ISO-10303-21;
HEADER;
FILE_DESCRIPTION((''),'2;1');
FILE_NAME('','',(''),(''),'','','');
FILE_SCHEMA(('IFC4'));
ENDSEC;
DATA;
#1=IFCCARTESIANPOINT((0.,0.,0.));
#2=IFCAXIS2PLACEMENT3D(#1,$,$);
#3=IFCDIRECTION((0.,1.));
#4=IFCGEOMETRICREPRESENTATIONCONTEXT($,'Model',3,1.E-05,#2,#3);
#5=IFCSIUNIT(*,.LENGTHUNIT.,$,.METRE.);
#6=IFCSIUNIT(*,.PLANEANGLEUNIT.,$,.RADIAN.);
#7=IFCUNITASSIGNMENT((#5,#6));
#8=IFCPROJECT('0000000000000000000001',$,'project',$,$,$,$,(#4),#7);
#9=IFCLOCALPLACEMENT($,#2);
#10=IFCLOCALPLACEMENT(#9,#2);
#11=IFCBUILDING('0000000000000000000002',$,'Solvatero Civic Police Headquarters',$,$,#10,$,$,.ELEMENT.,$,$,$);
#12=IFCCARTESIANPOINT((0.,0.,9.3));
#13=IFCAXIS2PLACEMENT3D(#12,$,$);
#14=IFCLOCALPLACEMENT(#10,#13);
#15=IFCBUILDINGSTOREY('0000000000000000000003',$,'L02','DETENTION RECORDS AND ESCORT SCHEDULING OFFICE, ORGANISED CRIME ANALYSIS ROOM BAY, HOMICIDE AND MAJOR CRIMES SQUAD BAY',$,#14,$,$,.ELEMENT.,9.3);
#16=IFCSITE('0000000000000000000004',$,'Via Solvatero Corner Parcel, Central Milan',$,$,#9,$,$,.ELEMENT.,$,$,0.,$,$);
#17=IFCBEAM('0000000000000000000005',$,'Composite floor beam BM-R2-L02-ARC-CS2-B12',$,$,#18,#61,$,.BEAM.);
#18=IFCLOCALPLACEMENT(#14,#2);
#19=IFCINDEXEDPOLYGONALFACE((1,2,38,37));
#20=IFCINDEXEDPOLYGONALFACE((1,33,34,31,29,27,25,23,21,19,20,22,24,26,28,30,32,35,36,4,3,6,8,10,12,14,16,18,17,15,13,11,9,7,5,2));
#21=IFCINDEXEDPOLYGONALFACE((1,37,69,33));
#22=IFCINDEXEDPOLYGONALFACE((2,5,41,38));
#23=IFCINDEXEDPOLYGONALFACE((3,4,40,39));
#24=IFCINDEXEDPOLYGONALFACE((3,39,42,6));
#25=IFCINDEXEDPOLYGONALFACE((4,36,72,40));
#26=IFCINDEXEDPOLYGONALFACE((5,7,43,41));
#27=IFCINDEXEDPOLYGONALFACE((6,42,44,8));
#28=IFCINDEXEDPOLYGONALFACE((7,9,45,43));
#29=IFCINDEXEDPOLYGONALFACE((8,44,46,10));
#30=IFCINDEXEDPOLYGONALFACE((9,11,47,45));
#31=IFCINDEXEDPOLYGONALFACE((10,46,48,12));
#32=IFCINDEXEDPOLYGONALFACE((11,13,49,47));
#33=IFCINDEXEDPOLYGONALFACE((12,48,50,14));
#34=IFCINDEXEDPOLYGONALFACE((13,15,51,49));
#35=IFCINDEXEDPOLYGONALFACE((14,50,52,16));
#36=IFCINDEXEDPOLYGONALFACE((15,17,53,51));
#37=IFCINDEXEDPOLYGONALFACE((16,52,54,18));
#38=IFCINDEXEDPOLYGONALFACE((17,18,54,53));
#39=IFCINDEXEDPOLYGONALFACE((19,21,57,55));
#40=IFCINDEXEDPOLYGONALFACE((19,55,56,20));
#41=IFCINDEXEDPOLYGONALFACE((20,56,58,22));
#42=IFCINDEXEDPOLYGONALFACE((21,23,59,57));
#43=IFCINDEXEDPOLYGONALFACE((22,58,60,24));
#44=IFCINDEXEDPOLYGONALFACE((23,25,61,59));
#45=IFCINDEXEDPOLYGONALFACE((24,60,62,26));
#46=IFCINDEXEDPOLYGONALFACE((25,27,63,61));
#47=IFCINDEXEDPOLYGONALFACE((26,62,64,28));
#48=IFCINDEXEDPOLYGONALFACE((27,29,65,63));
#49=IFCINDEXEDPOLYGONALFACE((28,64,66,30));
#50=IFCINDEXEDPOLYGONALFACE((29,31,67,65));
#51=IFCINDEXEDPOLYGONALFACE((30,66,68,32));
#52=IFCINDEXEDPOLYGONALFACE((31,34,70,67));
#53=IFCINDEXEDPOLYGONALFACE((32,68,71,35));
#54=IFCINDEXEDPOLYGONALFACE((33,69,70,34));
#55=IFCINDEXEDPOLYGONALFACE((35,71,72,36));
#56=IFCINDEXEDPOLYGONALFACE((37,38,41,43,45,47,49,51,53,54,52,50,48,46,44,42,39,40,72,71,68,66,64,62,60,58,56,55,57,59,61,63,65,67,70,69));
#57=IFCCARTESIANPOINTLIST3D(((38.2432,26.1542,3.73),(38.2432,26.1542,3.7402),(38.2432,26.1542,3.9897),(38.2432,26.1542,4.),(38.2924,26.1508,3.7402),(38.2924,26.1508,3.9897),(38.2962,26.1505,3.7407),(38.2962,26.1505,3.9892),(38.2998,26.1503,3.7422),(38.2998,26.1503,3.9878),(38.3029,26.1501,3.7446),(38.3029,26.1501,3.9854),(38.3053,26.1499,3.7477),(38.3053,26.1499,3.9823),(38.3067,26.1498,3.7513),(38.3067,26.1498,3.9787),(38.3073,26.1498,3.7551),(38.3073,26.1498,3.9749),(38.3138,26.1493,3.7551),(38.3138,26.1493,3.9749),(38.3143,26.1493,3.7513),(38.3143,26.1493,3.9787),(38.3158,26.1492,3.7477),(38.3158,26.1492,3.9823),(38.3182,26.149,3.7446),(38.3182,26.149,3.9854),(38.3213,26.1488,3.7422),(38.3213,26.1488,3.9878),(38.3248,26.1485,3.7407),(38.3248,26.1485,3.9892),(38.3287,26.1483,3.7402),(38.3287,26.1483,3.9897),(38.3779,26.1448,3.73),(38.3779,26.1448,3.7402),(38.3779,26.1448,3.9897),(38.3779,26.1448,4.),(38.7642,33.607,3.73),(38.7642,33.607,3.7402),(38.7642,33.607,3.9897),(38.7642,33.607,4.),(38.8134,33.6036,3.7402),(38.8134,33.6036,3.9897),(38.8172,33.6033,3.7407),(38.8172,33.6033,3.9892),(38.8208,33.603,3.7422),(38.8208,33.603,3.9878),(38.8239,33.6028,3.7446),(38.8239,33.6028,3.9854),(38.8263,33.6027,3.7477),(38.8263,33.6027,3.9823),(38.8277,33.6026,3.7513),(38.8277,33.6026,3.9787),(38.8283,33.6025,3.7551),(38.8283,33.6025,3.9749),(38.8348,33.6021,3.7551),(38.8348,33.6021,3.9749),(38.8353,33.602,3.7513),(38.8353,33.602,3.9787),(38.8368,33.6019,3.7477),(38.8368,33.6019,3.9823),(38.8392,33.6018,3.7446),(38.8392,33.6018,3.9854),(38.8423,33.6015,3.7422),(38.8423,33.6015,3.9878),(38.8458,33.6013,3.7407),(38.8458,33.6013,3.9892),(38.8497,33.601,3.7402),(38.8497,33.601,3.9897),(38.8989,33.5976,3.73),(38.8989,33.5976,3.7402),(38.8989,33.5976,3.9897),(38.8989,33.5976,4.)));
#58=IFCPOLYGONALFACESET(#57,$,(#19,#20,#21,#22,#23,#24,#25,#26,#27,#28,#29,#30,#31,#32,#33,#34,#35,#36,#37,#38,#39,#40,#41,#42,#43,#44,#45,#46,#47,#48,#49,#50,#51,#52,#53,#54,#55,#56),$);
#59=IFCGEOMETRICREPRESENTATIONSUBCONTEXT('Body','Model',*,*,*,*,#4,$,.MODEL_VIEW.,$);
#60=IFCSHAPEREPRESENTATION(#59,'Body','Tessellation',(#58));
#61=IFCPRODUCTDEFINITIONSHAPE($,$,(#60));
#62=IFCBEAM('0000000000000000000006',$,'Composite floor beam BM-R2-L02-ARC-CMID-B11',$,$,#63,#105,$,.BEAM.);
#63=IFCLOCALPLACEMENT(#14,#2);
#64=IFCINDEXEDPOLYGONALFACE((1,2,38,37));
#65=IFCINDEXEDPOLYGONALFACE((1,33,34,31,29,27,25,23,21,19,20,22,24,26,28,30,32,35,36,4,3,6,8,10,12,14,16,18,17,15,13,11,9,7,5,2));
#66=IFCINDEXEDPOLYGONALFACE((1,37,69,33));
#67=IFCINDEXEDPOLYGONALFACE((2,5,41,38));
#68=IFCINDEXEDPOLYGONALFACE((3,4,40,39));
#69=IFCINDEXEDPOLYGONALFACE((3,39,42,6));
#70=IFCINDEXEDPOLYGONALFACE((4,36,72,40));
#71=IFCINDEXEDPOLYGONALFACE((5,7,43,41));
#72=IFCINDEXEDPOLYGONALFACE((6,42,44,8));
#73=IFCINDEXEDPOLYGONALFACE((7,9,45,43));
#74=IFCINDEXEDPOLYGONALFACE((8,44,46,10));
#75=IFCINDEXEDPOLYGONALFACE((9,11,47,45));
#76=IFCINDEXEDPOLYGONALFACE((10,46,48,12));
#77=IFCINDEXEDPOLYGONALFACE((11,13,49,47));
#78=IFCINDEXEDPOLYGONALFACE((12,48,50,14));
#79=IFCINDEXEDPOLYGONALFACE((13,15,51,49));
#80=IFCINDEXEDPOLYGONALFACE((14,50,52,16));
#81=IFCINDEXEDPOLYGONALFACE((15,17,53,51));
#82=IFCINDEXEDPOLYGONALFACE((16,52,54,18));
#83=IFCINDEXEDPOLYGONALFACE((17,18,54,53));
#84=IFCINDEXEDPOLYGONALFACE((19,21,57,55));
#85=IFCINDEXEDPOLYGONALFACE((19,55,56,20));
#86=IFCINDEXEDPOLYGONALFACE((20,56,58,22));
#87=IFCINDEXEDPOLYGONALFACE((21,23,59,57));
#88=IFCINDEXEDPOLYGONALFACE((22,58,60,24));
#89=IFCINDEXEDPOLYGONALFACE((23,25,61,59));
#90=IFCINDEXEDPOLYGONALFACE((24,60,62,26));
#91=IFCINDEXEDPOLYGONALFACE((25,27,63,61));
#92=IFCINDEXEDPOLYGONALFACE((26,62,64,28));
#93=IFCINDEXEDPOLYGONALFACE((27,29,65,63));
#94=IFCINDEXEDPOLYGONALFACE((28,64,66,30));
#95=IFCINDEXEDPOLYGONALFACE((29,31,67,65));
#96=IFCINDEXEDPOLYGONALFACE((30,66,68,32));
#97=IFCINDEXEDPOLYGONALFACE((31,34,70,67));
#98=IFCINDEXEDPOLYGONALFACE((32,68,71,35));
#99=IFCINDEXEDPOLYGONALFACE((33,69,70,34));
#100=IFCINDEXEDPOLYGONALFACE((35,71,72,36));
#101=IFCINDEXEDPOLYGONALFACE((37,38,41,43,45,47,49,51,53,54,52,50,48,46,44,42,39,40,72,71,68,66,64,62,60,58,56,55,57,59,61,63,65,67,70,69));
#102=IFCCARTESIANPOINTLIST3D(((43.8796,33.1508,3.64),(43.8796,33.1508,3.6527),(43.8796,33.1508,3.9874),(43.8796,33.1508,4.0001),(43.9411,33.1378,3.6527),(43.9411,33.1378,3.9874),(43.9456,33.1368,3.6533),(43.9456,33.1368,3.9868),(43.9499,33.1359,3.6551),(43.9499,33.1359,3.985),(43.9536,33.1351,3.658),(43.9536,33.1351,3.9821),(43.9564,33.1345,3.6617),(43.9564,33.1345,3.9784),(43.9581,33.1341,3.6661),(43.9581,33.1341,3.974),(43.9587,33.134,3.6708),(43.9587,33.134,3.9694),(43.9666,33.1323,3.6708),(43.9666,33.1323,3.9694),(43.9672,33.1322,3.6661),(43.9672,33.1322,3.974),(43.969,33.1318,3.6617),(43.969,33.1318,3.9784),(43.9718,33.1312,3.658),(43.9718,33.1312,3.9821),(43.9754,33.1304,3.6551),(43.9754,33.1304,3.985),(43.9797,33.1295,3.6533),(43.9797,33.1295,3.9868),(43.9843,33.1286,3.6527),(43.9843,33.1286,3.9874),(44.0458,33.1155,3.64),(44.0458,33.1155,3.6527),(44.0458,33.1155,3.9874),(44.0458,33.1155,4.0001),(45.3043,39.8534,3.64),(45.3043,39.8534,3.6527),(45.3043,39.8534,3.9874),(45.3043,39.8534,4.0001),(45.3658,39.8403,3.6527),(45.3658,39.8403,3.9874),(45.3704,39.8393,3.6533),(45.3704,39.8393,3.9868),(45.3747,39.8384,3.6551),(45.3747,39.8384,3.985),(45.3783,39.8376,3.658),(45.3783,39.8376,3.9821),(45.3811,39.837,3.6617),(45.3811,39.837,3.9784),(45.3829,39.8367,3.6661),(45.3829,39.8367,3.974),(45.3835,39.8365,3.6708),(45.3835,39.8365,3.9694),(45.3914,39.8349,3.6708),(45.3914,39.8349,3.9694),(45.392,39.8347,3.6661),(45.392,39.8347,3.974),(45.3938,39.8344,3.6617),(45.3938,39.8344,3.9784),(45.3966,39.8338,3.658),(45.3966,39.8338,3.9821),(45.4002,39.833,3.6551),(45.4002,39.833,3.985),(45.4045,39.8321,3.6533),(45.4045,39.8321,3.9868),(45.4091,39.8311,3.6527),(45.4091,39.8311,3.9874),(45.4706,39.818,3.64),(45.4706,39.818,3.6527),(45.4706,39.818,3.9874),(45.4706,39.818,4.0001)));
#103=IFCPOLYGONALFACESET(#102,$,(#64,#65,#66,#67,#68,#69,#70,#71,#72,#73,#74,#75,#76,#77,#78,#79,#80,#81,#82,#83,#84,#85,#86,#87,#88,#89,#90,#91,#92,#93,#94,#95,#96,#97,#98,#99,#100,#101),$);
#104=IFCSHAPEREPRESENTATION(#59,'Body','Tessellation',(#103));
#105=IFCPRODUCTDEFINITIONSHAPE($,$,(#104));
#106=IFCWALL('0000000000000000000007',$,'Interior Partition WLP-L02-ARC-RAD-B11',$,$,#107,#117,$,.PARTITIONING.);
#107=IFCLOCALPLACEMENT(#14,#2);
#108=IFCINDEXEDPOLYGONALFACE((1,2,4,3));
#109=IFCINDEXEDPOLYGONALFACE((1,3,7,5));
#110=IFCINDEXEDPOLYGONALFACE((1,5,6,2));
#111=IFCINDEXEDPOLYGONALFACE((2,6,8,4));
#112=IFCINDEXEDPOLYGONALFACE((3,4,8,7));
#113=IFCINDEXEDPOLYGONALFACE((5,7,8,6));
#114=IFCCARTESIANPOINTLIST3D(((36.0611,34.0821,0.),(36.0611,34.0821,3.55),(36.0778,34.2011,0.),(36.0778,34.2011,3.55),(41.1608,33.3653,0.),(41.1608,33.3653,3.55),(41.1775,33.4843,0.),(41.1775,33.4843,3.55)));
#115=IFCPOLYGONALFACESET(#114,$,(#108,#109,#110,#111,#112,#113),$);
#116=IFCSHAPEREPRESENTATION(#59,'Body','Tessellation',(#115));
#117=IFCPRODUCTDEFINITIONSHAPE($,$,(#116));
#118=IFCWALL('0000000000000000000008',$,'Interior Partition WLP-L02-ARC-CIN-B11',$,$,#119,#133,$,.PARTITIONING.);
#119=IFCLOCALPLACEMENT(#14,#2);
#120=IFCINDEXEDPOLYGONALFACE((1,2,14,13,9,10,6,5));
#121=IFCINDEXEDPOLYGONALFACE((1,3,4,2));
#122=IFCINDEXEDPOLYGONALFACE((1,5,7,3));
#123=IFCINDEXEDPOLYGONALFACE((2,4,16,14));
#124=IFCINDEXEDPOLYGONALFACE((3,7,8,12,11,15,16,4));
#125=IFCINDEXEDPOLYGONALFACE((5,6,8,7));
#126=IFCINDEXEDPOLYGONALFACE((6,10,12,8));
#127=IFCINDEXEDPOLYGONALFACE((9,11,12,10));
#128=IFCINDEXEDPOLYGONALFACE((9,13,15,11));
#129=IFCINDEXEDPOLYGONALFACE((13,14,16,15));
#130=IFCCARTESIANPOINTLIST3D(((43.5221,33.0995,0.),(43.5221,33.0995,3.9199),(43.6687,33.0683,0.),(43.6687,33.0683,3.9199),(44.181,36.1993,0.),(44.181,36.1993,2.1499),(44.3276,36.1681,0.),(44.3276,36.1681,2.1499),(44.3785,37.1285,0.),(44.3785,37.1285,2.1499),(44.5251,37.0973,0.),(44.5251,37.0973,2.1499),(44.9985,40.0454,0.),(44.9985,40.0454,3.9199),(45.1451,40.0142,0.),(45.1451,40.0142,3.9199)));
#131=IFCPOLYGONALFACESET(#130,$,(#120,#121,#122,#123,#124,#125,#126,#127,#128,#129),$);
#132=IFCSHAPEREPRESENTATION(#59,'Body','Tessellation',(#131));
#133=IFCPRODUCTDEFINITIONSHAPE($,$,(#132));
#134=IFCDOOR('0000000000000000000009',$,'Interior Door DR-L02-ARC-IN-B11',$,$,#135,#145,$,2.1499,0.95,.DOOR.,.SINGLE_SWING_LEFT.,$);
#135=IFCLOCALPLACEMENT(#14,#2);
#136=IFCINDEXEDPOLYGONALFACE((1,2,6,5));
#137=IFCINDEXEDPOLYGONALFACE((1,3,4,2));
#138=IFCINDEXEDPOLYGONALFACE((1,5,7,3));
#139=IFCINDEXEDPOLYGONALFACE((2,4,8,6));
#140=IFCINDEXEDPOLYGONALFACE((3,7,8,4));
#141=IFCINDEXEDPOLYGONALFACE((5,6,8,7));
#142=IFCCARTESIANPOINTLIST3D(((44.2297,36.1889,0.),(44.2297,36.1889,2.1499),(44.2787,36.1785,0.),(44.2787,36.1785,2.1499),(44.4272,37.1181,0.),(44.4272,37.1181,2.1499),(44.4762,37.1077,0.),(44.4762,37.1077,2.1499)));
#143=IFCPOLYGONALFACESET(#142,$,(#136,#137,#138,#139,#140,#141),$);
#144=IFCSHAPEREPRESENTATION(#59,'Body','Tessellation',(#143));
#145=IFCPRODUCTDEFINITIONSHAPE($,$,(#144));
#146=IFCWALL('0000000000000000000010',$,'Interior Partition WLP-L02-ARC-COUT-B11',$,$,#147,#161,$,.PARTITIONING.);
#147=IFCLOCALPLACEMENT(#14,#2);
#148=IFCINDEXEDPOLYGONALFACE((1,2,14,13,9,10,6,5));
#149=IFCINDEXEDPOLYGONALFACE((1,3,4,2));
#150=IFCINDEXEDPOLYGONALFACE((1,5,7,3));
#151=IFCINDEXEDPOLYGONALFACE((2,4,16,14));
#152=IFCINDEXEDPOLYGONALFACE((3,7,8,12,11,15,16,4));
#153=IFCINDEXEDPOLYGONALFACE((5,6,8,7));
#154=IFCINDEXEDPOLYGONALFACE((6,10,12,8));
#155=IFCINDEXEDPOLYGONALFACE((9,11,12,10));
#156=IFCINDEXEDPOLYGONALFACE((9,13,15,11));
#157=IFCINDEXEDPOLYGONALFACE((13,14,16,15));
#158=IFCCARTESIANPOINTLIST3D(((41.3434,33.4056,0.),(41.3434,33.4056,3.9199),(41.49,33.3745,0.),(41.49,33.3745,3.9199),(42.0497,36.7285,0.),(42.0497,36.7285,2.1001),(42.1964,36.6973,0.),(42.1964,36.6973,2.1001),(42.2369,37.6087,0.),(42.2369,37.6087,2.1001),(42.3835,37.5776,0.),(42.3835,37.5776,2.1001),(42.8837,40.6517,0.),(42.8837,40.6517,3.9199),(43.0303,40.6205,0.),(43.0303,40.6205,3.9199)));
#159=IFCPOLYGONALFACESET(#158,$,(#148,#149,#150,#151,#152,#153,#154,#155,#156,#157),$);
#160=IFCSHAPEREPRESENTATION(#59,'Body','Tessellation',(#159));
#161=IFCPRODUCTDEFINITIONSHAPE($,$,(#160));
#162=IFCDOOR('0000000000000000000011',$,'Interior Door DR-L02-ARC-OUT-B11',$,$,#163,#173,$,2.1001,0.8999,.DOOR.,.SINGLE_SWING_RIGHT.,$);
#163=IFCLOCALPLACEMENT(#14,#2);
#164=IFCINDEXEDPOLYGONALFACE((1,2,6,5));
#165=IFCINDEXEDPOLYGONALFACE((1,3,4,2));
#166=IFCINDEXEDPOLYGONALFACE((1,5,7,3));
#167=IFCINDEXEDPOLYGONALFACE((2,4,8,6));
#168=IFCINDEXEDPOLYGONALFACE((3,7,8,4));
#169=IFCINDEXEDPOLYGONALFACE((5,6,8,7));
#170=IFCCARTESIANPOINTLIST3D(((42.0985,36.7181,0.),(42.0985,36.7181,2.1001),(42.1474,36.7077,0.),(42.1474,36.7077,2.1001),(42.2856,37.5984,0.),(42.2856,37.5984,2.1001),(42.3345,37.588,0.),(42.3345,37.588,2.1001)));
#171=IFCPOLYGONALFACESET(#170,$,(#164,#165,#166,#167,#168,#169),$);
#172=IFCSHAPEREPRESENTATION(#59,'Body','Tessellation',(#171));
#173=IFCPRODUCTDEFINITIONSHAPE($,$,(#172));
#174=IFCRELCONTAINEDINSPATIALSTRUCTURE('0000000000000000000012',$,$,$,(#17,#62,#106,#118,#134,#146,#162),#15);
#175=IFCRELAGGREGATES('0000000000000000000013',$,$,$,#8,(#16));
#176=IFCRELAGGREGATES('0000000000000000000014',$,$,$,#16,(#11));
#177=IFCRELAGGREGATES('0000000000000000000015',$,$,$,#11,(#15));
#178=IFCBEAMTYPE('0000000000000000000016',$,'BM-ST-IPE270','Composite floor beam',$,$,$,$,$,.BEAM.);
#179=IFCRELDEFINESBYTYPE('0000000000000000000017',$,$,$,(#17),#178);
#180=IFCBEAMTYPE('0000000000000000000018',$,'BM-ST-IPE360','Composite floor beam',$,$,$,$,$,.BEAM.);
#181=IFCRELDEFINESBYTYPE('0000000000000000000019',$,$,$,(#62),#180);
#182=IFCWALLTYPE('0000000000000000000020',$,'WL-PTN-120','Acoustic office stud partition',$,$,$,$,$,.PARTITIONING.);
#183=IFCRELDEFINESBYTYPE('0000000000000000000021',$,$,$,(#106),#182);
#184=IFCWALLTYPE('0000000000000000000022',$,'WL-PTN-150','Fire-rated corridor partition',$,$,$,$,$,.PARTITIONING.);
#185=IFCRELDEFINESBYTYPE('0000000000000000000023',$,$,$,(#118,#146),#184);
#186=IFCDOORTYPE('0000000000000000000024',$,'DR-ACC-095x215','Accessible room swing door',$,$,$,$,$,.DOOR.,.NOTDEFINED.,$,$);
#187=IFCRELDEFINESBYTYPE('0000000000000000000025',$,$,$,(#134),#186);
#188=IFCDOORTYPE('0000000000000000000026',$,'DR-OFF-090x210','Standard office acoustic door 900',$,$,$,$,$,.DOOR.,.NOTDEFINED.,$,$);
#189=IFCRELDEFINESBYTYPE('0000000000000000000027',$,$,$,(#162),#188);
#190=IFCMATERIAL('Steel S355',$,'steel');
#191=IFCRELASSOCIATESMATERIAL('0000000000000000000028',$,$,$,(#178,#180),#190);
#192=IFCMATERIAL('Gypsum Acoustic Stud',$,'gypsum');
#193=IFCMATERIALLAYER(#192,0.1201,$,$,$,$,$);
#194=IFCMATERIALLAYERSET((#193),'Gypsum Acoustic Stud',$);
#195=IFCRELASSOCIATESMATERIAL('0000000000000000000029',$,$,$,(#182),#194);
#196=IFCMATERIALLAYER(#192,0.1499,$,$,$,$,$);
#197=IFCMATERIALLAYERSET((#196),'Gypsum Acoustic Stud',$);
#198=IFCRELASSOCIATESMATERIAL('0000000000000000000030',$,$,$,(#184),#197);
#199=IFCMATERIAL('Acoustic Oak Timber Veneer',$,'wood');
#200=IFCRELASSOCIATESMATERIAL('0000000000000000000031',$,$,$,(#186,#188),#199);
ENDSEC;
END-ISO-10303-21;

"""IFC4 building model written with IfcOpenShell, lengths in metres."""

from ifc_helpers import new_model, si_unit, direction, frame, frame_2d, origin, origin_2d, place, context, subcontext, project, spatial, rectangle, i_section, extrude, material, layer, layer_set, material_profile, profile_set, type_object, element, fill, save


model = new_model("IFC4")

# Units and contexts
model_context = context("Model", 3, precision=1e-05, world=origin(), true_north=direction((0.0, 1.0)))
body_context = subcontext(model_context, "Body", "Model", "MODEL_VIEW")
ifc_project = project(units=[si_unit("LENGTHUNIT", "METRE"), si_unit("PLANEANGLEUNIT", "RADIAN")], contexts=[model_context])

# Site, building, storey
site_placement = place(None, origin())
site = spatial("IfcSite", under=ifc_project, at=site_placement, Name="Via Solvatero Corner Parcel, Central Milan", CompositionType="ELEMENT", RefElevation=0.0)
building_placement = place(site_placement, origin())
building = spatial("IfcBuilding", under=site, at=building_placement, Name="Solvatero Civic Police Headquarters", CompositionType="ELEMENT")
storey_placement = place(building_placement, frame((0.0, 0.0, 9.3)))
storey = spatial("IfcBuildingStorey", under=building, at=storey_placement, Name="L02", Description="DETENTION RECORDS AND ESCORT SCHEDULING OFFICE, ORGANISED CRIME ANALYSIS ROOM BAY, HOMICIDE AND MAJOR CRIMES SQUAD BAY", CompositionType="ELEMENT", Elevation=9.3)

# Shared definitions
ifc_material_1 = material(Name="Steel S355", Category="steel")

# Beams
ifc_material_profile_1 = material_profile(ifc_material_1, i_section(OverallWidth=0.135, OverallDepth=0.27, WebThickness=0.0066, FlangeThickness=0.0103, FilletRadius=0.0149, at=origin_2d()), Name="IPE 270")
ifc_profile_set_1 = profile_set([ifc_material_profile_1], Name="Steel S355")
beam_type_1 = type_object("IfcBeamType", Name="BM-ST-IPE270", Description="Composite floor beam", PredefinedType="BEAM", material=ifc_profile_set_1)
for number, where, z_axis, x_axis, name in (
    (1, (38.8315, 33.6023, 3.865), (-0.069737, -0.997565, 0.0), (0.997565, -0.069737, 0.0), "Composite floor beam BM-R2-L02-ARC-CS2-B12"),
):
    element("IfcBeam", number, at=place(storey_placement, frame(where, z_axis=z_axis, x_axis=x_axis)), inside=storey, type_object=beam_type_1, Name=name, PredefinedType="BEAM", context=body_context, shape_type="SweptSolid", body=[
        extrude(i_section(OverallWidth=0.135, OverallDepth=0.27, WebThickness=0.0066, FlangeThickness=0.0103, FilletRadius=0.0149, at=origin_2d()), origin(), (0.0, 0.0, 1.0), 7.4709),
    ])
ifc_material_profile_2 = material_profile(ifc_material_1, i_section(OverallWidth=0.1699, OverallDepth=0.3601, WebThickness=0.0081, FlangeThickness=0.0127, FilletRadius=0.0181, at=origin_2d()), Name="IPE 360")
ifc_profile_set_2 = profile_set([ifc_material_profile_2], Name="Steel S355")
beam_type_2 = type_object("IfcBeamType", Name="BM-ST-IPE360", Description="Composite floor beam", PredefinedType="BEAM", material=ifc_profile_set_2)
beam_1_placement = place(storey_placement, frame((45.3875, 39.8357, 3.8201), z_axis=(-0.207928, -0.978144, 0.0), x_axis=(0.978144, -0.207928, 0.0)))
element("IfcBeam", 2, at=beam_1_placement, inside=storey, type_object=beam_type_2, Name="Composite floor beam BM-R2-L02-ARC-CMID-B11", PredefinedType="BEAM", context=body_context, shape_type="SweptSolid", body=[
    extrude(i_section(OverallWidth=0.1699, OverallDepth=0.3601, WebThickness=0.0081, FlangeThickness=0.0127, FilletRadius=0.0181, at=origin_2d()), origin(), (0.0, 0.0, 1.0), 6.8523),
])

# Wall
ifc_material_2 = material(Name="Gypsum Acoustic Stud", Category="gypsum")
ifc_layer_1 = layer(ifc_material_2, 0.1201)
ifc_layer_set_1 = layer_set([ifc_layer_1], Name="Gypsum Acoustic Stud")
wall_type_1 = type_object("IfcWallType", Name="WL-PTN-120", Description="Acoustic office stud partition", PredefinedType="PARTITIONING", material=ifc_layer_set_1)
wall_1_placement = place(storey_placement, frame((41.1692, 33.4248, 0.0), z_axis=(0.0, 0.0, 1.0), x_axis=(-0.990266, 0.139184, 0.0)))
element("IfcWall", 3, at=wall_1_placement, inside=storey, type_object=wall_type_1, Name="Interior Partition WLP-L02-ARC-RAD-B11", PredefinedType="PARTITIONING", context=body_context, shape_type="SweptSolid", body=[
    extrude(rectangle(XDim=5.1499, YDim=0.1201, at=frame_2d((2.575, 0.0))), origin(), (0.0, 0.0, 1.0), 3.55),
])

# Walls, openings, doors
ifc_material_3 = material(Name="Acoustic Oak Timber Veneer", Category="wood")
ifc_layer_2 = layer(ifc_material_2, 0.1499)
ifc_layer_set_2 = layer_set([ifc_layer_2], Name="Gypsum Acoustic Stud")
wall_type_2 = type_object("IfcWallType", Name="WL-PTN-150", Description="Fire-rated corridor partition", PredefinedType="PARTITIONING", material=ifc_layer_set_2)
wall_2_placement = place(storey_placement, frame((45.0718, 40.0298, 0.0), z_axis=(0.0, 0.0, 1.0), x_axis=(-0.207904, -0.978149, 0.0)))
wall_2 = element("IfcWall", 4, at=wall_2_placement, inside=storey, type_object=wall_type_2, Name="Interior Partition WLP-L02-ARC-CIN-B11", PredefinedType="PARTITIONING", context=body_context, shape_type="SweptSolid", body=[
    extrude(rectangle(XDim=7.1011, YDim=0.1499, at=frame_2d((3.5505, 0.0))), origin(), (0.0, 0.0, 1.0), 3.9199),
])
opening_1_placement = place(wall_2_placement, frame((2.9819, 0.0, 0.0)))
opening_1 = element("IfcOpeningElement", 5, at=opening_1_placement, cuts=wall_2, PredefinedType="OPENING", context=body_context, shape_type="SweptSolid", body=[
    extrude(rectangle(XDim=0.95, YDim=2.1499, at=frame_2d((0.4751, 1.075))), frame((0.0, 0.085, 0.0), z_axis=(0.0, -1.0, 0.0), x_axis=(1.0, 0.0, 0.0)), (0.0, 0.0, 1.0), 0.1699),
])
door_type_1 = type_object("IfcDoorType", Name="DR-ACC-095x215", Description="Accessible room swing door", OperationType="NOTDEFINED", PredefinedType="DOOR", material=ifc_material_3)
door_1_placement = place(opening_1_placement, origin())
door_1 = element("IfcDoor", 6, at=door_1_placement, inside=storey, type_object=door_type_1, Name="Interior Door DR-L02-ARC-IN-B11", OperationType="SINGLE_SWING_LEFT", OverallHeight=2.1499, OverallWidth=0.95, PredefinedType="DOOR", context=body_context, shape_type="SweptSolid", body=[
    extrude(rectangle(XDim=0.95, YDim=2.1499, at=frame_2d((0.4751, 1.075))), frame((0.0, 0.0249, 0.0), z_axis=(0.0, -1.0, 0.0), x_axis=(1.0, 0.0, 0.0)), (0.0, 0.0, 1.0), 0.05),
])
fill(opening_1, door_1)
wall_3_placement = place(storey_placement, frame((42.957, 40.6362, 0.0), z_axis=(0.0, 0.0, 1.0), x_axis=(-0.207922, -0.978145, 0.0)))
wall_3 = element("IfcWall", 7, at=wall_3_placement, inside=storey, type_object=wall_type_2, Name="Interior Partition WLP-L02-ARC-COUT-B11", PredefinedType="PARTITIONING", context=body_context, shape_type="SweptSolid", body=[
    extrude(rectangle(XDim=7.408, YDim=0.1499, at=frame_2d((3.7041, 0.0))), origin(), (0.0, 0.0, 1.0), 3.9199),
])
opening_2_placement = place(wall_3_placement, frame((3.1111, 0.0, 0.0)))
opening_2 = element("IfcOpeningElement", 8, at=opening_2_placement, cuts=wall_3, PredefinedType="OPENING", context=body_context, shape_type="SweptSolid", body=[
    extrude(rectangle(XDim=0.8999, YDim=2.1001, at=frame_2d((0.45, 1.05))), frame((0.0, 0.085, 0.0), z_axis=(0.0, -1.0, 0.0), x_axis=(1.0, 0.0, 0.0)), (0.0, 0.0, 1.0), 0.1699),
])
door_type_2 = type_object("IfcDoorType", Name="DR-OFF-090x210", Description="Standard office acoustic door 900", OperationType="NOTDEFINED", PredefinedType="DOOR", material=ifc_material_3)
door_2_placement = place(opening_2_placement, origin())
door_2 = element("IfcDoor", 9, at=door_2_placement, inside=storey, type_object=door_type_2, Name="Interior Door DR-L02-ARC-OUT-B11", OperationType="SINGLE_SWING_RIGHT", OverallHeight=2.1001, OverallWidth=0.8999, PredefinedType="DOOR", context=body_context, shape_type="SweptSolid", body=[
    extrude(rectangle(XDim=0.8999, YDim=2.1001, at=frame_2d((0.45, 1.05))), frame((0.0, 0.0249, 0.0), z_axis=(0.0, -1.0, 0.0), x_axis=(1.0, 0.0, 0.0)), (0.0, 0.0, 1.0), 0.05),
])
fill(opening_2, door_2)

save(model, "model.ifc")
